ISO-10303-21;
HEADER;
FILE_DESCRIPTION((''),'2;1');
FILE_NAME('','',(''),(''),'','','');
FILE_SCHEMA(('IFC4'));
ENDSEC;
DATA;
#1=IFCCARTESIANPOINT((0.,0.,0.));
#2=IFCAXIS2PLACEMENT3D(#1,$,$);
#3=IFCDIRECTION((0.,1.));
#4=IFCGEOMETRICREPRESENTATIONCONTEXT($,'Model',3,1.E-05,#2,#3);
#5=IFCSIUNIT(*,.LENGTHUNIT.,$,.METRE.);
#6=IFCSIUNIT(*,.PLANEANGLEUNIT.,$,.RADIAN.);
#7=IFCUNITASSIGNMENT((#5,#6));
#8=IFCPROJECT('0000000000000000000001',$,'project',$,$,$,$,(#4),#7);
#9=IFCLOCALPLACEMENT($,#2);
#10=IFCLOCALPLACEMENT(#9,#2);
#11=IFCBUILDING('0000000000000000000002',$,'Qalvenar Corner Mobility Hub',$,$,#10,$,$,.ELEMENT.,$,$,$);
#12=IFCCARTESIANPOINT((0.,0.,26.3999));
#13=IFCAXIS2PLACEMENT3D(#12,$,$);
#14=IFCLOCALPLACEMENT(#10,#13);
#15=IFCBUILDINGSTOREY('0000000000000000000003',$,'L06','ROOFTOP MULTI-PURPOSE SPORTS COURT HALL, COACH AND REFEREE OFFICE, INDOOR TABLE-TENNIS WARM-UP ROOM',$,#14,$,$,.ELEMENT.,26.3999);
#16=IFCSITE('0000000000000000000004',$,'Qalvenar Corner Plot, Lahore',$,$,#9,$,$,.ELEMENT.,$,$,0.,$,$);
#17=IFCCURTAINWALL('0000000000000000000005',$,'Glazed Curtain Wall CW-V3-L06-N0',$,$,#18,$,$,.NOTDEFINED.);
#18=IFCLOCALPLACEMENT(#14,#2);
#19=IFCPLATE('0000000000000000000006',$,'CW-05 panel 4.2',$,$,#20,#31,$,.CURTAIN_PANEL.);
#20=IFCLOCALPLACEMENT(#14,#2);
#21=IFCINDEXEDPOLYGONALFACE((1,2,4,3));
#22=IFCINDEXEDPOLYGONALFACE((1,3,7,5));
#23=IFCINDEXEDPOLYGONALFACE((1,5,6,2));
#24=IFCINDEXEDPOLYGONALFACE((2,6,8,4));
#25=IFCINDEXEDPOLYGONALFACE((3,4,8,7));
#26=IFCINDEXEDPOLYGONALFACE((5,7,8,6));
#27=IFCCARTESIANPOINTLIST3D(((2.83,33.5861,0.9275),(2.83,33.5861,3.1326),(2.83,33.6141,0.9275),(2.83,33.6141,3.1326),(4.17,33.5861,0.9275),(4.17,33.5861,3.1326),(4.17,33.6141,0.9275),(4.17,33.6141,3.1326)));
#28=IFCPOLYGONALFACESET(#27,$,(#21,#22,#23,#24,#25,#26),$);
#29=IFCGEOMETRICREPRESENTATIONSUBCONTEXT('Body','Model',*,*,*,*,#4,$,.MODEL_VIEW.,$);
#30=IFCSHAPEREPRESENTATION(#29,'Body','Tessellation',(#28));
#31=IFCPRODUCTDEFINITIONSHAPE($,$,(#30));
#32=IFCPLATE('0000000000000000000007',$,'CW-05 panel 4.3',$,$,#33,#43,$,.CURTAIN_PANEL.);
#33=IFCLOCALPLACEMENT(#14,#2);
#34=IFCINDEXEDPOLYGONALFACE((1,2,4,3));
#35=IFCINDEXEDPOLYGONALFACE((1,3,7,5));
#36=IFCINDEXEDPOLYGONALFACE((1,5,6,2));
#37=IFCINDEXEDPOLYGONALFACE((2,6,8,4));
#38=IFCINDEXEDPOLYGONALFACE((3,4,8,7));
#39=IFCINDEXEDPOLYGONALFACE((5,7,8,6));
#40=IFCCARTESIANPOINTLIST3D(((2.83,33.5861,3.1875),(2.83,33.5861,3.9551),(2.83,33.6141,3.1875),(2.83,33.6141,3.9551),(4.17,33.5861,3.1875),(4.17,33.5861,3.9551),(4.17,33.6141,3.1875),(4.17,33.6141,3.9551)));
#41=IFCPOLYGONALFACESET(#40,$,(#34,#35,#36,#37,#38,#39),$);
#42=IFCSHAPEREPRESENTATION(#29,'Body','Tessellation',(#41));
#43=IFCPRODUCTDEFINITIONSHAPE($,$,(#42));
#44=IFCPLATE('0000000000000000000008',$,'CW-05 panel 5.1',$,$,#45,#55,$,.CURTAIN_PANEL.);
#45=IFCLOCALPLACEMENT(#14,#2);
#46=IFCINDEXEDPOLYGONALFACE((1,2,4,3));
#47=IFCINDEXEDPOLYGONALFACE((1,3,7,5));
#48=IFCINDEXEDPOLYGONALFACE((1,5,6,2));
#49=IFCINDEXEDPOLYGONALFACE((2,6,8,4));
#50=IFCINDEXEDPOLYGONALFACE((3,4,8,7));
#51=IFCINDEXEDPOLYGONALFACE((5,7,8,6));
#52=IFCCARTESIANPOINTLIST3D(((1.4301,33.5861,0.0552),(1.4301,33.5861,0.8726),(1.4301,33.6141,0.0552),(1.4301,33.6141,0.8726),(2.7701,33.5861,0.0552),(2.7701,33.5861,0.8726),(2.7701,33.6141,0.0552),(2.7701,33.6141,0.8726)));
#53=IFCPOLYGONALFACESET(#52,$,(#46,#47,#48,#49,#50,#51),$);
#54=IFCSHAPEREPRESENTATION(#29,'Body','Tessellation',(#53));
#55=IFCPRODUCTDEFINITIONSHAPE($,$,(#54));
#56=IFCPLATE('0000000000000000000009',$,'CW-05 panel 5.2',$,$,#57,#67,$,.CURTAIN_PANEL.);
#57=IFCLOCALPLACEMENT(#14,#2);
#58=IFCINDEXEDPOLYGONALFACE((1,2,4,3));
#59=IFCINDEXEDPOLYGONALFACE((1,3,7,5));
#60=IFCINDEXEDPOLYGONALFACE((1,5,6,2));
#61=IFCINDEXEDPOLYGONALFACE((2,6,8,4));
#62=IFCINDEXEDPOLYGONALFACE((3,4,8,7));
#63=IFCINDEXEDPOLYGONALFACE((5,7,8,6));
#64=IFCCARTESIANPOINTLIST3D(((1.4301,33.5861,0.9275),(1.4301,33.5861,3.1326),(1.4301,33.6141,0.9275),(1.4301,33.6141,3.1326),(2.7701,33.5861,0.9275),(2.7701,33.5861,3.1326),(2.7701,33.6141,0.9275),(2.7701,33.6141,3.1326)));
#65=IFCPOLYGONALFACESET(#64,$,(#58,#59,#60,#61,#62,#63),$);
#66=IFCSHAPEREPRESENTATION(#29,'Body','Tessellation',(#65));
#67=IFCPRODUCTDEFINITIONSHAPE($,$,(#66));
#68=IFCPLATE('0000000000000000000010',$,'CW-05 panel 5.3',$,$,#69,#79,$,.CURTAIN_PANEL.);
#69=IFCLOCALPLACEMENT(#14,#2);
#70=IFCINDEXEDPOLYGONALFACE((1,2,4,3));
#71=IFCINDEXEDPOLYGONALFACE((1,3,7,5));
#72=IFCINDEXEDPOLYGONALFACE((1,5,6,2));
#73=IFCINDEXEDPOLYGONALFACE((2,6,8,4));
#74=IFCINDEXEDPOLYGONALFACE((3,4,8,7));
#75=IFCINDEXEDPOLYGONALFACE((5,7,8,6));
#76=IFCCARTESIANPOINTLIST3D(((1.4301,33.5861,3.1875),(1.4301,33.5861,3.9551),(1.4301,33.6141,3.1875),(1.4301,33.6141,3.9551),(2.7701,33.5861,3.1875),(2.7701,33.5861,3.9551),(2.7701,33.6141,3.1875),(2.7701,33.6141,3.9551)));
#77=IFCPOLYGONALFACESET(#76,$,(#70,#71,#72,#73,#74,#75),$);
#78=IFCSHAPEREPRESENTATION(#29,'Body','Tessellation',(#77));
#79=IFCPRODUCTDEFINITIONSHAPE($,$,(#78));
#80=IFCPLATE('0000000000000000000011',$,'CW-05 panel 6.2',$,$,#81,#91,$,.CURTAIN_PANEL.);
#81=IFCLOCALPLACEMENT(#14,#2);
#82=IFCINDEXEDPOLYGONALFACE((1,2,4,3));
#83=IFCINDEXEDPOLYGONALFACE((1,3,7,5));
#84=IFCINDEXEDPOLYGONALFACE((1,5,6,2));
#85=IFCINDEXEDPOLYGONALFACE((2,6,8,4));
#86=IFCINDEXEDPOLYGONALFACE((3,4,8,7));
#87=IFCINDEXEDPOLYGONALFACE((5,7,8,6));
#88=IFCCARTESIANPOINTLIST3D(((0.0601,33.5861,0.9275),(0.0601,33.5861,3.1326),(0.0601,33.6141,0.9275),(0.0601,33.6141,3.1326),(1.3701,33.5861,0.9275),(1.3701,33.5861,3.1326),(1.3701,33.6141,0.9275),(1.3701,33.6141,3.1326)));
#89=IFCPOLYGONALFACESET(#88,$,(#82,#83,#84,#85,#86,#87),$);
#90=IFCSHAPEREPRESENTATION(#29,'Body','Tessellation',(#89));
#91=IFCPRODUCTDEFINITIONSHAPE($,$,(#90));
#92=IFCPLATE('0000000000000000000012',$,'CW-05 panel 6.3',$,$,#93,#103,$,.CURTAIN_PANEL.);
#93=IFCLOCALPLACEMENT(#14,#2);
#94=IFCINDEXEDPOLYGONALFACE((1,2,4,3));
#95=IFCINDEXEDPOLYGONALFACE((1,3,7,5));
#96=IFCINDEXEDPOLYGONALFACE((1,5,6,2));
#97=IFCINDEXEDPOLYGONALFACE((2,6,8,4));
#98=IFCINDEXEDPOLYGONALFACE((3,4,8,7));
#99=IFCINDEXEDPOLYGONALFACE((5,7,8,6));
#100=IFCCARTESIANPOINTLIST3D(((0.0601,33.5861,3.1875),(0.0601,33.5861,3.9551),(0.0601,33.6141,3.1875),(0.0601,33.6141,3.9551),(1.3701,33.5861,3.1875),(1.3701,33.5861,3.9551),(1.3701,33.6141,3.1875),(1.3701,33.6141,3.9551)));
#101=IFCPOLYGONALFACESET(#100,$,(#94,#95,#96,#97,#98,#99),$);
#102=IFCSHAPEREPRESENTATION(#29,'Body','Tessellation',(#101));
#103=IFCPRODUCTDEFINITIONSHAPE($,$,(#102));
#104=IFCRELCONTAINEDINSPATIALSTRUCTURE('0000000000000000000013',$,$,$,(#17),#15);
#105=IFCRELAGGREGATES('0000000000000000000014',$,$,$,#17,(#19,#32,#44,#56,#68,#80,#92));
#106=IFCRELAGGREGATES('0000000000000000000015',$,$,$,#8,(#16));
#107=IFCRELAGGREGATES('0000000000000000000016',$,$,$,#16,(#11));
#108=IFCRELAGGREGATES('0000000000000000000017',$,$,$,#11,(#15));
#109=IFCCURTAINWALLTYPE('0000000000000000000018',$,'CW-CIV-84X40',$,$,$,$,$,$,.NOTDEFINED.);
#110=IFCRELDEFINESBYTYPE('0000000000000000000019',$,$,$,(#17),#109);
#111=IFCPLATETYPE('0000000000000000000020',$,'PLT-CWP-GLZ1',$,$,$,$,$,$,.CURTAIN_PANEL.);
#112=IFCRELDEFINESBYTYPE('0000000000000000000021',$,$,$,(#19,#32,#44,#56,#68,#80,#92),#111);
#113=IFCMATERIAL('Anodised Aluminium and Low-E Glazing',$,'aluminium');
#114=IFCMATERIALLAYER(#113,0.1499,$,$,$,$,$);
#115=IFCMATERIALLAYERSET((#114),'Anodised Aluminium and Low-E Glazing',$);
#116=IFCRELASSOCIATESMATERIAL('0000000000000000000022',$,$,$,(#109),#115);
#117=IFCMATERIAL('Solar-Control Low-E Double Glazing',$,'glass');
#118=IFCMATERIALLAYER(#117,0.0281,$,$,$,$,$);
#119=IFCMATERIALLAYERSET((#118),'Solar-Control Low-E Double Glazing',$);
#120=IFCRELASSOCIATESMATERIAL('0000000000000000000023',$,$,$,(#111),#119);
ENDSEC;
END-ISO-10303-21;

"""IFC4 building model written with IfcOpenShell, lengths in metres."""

from ifc_helpers import new_model, si_unit, direction, frame, origin, origin_2d, place, context, subcontext, project, spatial, rectangle, extrude, material, layer, layer_set, type_object, element, aggregate, save


model = new_model("IFC4")

# Units and contexts
model_context = context("Model", 3, precision=1e-05, world=origin(), true_north=direction((0.0, 1.0)))
body_context = subcontext(model_context, "Body", "Model", "MODEL_VIEW")
ifc_project = project(units=[si_unit("LENGTHUNIT", "METRE"), si_unit("PLANEANGLEUNIT", "RADIAN")], contexts=[model_context])

# Site, building, storey
site_placement = place(None, origin())
site = spatial("IfcSite", under=ifc_project, at=site_placement, Name="Qalvenar Corner Plot, Lahore", CompositionType="ELEMENT", RefElevation=0.0)
building_placement = place(site_placement, origin())
building = spatial("IfcBuilding", under=site, at=building_placement, Name="Qalvenar Corner Mobility Hub", CompositionType="ELEMENT")
storey_placement = place(building_placement, frame((0.0, 0.0, 26.3999)))
storey = spatial("IfcBuildingStorey", under=building, at=storey_placement, Name="L06", Description="ROOFTOP MULTI-PURPOSE SPORTS COURT HALL, COACH AND REFEREE OFFICE, INDOOR TABLE-TENNIS WARM-UP ROOM", CompositionType="ELEMENT", Elevation=26.3999)

# Curtain wall, plates
ifc_material_1 = material(Name="Anodised Aluminium and Low-E Glazing", Category="aluminium")
ifc_layer_1 = layer(ifc_material_1, 0.1499)
ifc_layer_set_1 = layer_set([ifc_layer_1], Name="Anodised Aluminium and Low-E Glazing")
curtain_wall_type = type_object("IfcCurtainWallType", Name="CW-CIV-84X40", PredefinedType="NOTDEFINED", material=ifc_layer_set_1)
curtain_wall_placement = place(storey_placement, origin())
curtain_wall = element("IfcCurtainWall", 1, at=curtain_wall_placement, inside=storey, type_object=curtain_wall_type, Name="Glazed Curtain Wall CW-V3-L06-N0", PredefinedType="NOTDEFINED")
ifc_material_2 = material(Name="Solar-Control Low-E Double Glazing", Category="glass")
ifc_layer_2 = layer(ifc_material_2, 0.0281)
ifc_layer_set_2 = layer_set([ifc_layer_2], Name="Solar-Control Low-E Double Glazing")
plate_type = type_object("IfcPlateType", Name="PLT-CWP-GLZ1", PredefinedType="CURTAIN_PANEL", material=ifc_layer_set_2)
plate_1_placement = place(storey_placement, frame((3.5, 33.6001, 0.9275), z_axis=(0.0, 0.0, 1.0), x_axis=(-1.0, 0.0, 0.0)))
plate_1 = element("IfcPlate", 2, at=plate_1_placement, type_object=plate_type, Name="CW-05 panel 4.2", PredefinedType="CURTAIN_PANEL", context=body_context, shape_type="SweptSolid", body=[
    extrude(rectangle(XDim=1.3401, YDim=0.0281, at=origin_2d()), origin(), (0.0, 0.0, 1.0), 2.2051),
])
plate_2_placement = place(storey_placement, frame((3.5, 33.6001, 3.1875), z_axis=(0.0, 0.0, 1.0), x_axis=(-1.0, 0.0, 0.0)))
plate_2 = element("IfcPlate", 3, at=plate_2_placement, type_object=plate_type, Name="CW-05 panel 4.3", PredefinedType="CURTAIN_PANEL", context=body_context, shape_type="SweptSolid", body=[
    extrude(rectangle(XDim=1.3401, YDim=0.0281, at=origin_2d()), origin(), (0.0, 0.0, 1.0), 0.7676),
])
plate_3_placement = place(storey_placement, frame((2.1001, 33.6001, 0.0552), z_axis=(0.0, 0.0, 1.0), x_axis=(-1.0, 0.0, 0.0)))
plate_3 = element("IfcPlate", 4, at=plate_3_placement, type_object=plate_type, Name="CW-05 panel 5.1", PredefinedType="CURTAIN_PANEL", context=body_context, shape_type="SweptSolid", body=[
    extrude(rectangle(XDim=1.3401, YDim=0.0281, at=origin_2d()), origin(), (0.0, 0.0, 1.0), 0.8174),
])
plate_4_placement = place(storey_placement, frame((2.1001, 33.6001, 0.9275), z_axis=(0.0, 0.0, 1.0), x_axis=(-1.0, 0.0, 0.0)))
plate_4 = element("IfcPlate", 5, at=plate_4_placement, type_object=plate_type, Name="CW-05 panel 5.2", PredefinedType="CURTAIN_PANEL", context=body_context, shape_type="SweptSolid", body=[
    extrude(rectangle(XDim=1.3401, YDim=0.0281, at=origin_2d()), origin(), (0.0, 0.0, 1.0), 2.2051),
])
plate_5_placement = place(storey_placement, frame((2.1001, 33.6001, 3.1875), z_axis=(0.0, 0.0, 1.0), x_axis=(-1.0, 0.0, 0.0)))
plate_5 = element("IfcPlate", 6, at=plate_5_placement, type_object=plate_type, Name="CW-05 panel 5.3", PredefinedType="CURTAIN_PANEL", context=body_context, shape_type="SweptSolid", body=[
    extrude(rectangle(XDim=1.3401, YDim=0.0281, at=origin_2d()), origin(), (0.0, 0.0, 1.0), 0.7676),
])
plate_6_placement = place(storey_placement, frame((0.7151, 33.6001, 0.9275), z_axis=(0.0, 0.0, 1.0), x_axis=(-1.0, 0.0, 0.0)))
plate_6 = element("IfcPlate", 7, at=plate_6_placement, type_object=plate_type, Name="CW-05 panel 6.2", PredefinedType="CURTAIN_PANEL", context=body_context, shape_type="SweptSolid", body=[
    extrude(rectangle(XDim=1.3101, YDim=0.0281, at=origin_2d()), origin(), (0.0, 0.0, 1.0), 2.2051),
])
plate_7_placement = place(storey_placement, frame((0.7151, 33.6001, 3.1875), z_axis=(0.0, 0.0, 1.0), x_axis=(-1.0, 0.0, 0.0)))
plate_7 = element("IfcPlate", 8, at=plate_7_placement, type_object=plate_type, Name="CW-05 panel 6.3", PredefinedType="CURTAIN_PANEL", context=body_context, shape_type="SweptSolid", body=[
    extrude(rectangle(XDim=1.3101, YDim=0.0281, at=origin_2d()), origin(), (0.0, 0.0, 1.0), 0.7676),
])
aggregate(curtain_wall, [plate_1, plate_2, plate_3, plate_4, plate_5, plate_6, plate_7])

save(model, "model.ifc")
